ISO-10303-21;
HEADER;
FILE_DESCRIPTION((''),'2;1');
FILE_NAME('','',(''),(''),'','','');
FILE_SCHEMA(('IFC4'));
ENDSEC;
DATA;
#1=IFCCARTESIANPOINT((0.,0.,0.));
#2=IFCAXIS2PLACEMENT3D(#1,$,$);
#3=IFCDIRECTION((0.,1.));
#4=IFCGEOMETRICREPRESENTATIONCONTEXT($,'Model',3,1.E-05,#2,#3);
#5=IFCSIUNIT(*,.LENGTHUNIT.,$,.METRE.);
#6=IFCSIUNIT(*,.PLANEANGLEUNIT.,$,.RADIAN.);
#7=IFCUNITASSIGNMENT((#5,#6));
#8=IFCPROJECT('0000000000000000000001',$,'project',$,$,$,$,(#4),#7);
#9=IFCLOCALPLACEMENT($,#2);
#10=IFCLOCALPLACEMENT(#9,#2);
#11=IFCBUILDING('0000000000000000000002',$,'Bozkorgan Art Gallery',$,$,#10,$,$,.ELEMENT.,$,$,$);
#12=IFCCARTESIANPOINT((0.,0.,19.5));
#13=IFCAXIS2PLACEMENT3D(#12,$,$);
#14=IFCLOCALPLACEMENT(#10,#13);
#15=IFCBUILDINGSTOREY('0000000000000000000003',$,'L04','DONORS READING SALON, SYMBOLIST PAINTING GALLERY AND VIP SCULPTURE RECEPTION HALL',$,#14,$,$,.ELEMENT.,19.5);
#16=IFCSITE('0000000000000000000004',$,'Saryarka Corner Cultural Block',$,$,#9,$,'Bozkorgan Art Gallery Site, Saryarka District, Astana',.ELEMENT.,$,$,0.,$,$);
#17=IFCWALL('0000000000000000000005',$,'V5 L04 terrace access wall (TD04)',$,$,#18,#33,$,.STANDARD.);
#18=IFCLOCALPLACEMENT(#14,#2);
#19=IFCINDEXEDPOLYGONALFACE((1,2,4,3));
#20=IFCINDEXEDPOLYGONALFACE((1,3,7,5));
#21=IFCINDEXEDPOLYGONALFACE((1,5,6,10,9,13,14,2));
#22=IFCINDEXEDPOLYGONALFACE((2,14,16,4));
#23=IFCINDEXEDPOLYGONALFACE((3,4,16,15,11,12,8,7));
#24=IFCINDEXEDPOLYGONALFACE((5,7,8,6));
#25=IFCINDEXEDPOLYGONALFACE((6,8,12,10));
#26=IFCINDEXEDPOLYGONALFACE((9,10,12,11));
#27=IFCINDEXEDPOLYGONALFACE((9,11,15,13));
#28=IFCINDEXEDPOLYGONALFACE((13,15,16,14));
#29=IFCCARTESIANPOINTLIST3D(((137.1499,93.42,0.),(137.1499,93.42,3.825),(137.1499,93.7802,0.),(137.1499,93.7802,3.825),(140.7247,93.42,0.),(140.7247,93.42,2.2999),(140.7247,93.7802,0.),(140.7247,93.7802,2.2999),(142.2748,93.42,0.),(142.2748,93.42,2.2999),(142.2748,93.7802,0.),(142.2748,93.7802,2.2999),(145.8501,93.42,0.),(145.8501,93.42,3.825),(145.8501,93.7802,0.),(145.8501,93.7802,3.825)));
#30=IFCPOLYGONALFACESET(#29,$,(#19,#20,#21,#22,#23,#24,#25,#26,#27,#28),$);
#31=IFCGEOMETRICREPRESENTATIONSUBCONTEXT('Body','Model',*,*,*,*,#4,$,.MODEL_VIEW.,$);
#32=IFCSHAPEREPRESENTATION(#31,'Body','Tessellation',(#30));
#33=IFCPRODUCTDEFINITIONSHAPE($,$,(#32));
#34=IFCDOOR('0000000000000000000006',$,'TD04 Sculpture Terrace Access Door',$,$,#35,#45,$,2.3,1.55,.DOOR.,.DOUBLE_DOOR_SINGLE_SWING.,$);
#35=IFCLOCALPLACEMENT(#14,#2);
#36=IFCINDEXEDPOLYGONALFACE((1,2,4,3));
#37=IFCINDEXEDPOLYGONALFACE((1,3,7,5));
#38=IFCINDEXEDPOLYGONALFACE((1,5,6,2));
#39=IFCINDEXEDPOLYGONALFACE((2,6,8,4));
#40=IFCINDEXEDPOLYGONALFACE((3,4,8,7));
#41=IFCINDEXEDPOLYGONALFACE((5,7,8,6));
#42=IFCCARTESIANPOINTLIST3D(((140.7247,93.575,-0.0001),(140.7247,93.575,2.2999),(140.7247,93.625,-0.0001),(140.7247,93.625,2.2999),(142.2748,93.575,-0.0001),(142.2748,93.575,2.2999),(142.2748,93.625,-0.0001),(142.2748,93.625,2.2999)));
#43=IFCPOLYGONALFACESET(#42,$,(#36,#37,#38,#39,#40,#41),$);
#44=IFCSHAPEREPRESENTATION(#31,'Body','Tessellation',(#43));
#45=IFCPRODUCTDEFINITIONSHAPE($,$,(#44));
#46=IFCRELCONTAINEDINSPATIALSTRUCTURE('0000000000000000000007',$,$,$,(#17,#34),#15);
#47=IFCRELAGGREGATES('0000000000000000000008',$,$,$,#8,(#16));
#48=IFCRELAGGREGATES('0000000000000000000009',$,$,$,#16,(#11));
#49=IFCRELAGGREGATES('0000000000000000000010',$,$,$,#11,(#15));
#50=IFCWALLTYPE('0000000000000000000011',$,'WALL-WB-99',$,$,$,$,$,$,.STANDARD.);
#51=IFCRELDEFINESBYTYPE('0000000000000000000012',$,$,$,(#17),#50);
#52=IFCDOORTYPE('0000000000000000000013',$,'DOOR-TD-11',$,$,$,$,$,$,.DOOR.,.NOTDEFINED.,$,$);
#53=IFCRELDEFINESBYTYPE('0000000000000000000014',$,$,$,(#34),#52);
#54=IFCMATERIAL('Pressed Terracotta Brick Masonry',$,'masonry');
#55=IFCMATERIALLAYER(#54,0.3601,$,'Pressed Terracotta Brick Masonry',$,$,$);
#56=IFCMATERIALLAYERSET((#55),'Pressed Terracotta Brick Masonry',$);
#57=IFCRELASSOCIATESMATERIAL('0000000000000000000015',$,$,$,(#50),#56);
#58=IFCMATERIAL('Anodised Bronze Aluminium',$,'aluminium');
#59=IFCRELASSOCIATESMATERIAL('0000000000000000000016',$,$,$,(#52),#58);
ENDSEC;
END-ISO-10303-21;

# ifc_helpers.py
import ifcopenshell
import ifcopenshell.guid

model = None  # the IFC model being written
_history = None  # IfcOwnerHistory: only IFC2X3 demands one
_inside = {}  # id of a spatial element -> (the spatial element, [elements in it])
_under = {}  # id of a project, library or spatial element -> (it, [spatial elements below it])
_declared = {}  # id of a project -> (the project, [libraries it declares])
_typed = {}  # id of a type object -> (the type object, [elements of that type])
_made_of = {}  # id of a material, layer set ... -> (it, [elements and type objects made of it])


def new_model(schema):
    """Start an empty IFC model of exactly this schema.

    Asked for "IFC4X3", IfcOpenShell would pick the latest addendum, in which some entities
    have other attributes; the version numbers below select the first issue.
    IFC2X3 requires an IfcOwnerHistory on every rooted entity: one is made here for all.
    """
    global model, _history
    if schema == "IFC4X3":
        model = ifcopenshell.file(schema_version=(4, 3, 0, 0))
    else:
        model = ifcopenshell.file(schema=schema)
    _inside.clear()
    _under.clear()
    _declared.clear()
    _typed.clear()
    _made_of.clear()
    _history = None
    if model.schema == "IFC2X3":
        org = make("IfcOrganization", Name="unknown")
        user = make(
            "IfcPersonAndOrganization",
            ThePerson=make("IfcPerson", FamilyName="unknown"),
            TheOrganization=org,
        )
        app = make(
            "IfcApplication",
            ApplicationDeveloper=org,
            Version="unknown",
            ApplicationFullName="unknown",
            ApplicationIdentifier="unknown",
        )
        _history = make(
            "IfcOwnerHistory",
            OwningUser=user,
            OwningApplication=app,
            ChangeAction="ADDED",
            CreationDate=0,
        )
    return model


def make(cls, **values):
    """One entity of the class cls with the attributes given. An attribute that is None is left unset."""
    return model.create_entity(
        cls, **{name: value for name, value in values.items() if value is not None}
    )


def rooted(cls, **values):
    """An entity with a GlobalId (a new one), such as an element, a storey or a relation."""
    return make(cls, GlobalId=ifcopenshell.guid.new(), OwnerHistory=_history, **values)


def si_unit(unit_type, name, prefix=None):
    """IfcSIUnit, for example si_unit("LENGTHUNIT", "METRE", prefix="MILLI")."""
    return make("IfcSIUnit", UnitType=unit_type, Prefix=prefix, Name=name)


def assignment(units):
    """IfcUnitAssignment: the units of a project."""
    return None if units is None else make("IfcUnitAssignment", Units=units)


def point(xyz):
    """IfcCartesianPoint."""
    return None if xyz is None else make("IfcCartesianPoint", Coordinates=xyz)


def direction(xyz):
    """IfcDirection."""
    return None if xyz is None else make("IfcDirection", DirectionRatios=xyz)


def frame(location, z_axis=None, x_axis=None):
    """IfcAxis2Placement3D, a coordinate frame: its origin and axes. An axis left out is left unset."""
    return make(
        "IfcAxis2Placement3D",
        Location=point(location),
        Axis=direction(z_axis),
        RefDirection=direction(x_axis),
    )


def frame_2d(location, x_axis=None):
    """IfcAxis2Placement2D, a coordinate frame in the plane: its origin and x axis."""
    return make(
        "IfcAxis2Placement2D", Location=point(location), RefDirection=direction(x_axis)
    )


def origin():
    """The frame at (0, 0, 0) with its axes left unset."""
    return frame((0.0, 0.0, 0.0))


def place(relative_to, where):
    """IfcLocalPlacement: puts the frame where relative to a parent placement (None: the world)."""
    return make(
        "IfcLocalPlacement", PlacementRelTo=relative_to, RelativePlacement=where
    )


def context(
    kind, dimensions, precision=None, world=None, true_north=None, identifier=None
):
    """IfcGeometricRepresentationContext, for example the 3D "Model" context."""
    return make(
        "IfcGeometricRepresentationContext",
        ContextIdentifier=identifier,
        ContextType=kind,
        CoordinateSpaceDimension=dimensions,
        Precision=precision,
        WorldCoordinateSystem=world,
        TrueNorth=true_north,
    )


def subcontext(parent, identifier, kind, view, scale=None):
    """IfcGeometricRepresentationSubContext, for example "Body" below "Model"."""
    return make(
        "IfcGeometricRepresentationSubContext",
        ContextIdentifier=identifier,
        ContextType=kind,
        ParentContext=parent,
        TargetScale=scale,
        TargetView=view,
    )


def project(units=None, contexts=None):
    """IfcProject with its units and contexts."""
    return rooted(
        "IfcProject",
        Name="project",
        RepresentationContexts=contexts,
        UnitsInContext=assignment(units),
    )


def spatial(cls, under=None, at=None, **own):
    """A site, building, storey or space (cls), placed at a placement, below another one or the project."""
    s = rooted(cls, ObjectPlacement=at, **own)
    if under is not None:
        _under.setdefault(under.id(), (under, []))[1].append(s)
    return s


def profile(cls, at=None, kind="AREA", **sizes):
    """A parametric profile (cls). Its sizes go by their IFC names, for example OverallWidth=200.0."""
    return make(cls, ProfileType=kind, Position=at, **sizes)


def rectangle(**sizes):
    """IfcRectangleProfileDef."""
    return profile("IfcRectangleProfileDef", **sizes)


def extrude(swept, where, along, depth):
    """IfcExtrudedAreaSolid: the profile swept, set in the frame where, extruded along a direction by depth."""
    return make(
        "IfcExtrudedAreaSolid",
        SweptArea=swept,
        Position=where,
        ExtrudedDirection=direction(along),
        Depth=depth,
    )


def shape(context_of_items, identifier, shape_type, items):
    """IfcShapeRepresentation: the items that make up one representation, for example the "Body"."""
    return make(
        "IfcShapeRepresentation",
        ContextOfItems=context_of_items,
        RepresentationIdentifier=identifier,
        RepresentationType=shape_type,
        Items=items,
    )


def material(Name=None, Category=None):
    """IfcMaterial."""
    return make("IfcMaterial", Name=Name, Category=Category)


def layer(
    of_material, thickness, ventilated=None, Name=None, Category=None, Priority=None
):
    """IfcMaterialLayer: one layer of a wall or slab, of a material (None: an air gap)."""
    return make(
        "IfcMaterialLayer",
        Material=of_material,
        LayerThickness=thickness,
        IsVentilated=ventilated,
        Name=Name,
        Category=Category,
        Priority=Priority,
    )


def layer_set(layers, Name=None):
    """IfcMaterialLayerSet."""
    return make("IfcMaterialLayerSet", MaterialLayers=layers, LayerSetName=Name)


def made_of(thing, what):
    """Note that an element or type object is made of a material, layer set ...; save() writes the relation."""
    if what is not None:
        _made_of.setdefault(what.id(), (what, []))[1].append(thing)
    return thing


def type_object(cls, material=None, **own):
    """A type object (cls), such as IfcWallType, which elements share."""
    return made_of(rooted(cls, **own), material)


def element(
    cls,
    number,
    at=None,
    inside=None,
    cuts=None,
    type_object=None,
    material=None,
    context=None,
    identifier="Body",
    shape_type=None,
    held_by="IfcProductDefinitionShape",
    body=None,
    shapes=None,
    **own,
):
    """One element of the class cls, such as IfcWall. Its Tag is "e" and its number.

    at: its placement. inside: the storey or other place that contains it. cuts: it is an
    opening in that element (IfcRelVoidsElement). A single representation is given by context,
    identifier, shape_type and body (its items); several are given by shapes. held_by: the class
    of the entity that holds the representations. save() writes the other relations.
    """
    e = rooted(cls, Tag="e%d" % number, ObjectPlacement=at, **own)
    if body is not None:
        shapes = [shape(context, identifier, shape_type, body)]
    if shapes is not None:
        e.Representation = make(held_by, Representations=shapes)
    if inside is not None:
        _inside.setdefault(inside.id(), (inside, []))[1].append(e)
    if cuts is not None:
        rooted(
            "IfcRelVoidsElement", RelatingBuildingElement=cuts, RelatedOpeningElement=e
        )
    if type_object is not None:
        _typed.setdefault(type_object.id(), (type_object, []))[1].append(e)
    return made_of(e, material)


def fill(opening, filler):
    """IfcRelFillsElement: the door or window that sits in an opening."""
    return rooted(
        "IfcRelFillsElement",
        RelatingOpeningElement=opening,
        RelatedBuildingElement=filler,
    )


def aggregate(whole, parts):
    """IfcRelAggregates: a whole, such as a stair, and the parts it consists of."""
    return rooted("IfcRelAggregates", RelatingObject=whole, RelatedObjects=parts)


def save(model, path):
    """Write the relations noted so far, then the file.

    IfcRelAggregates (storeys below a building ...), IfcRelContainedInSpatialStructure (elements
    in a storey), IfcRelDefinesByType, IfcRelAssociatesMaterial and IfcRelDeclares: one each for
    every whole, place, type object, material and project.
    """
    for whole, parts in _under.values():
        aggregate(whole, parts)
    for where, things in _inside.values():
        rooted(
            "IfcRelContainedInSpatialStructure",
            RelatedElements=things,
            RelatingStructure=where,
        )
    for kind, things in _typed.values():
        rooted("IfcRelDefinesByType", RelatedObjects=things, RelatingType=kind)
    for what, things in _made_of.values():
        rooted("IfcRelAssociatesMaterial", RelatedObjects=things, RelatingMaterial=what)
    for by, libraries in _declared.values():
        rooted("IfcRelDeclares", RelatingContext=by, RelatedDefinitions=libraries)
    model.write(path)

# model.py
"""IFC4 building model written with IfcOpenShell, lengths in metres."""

from ifc_helpers import new_model, si_unit, direction, frame, frame_2d, origin, place, context, subcontext, project, spatial, rectangle, extrude, material, layer, layer_set, type_object, element, fill, save


model = new_model("IFC4")

# Units and contexts
model_context = context("Model", 3, precision=1e-05, world=origin(), true_north=direction((0.0, 1.0)))
body_context = subcontext(model_context, "Body", "Model", "MODEL_VIEW")
ifc_project = project(units=[si_unit("LENGTHUNIT", "METRE"), si_unit("PLANEANGLEUNIT", "RADIAN")], contexts=[model_context])

# Site, building, storey
site_placement = place(None, origin())
site = spatial("IfcSite", under=ifc_project, at=site_placement, Name="Saryarka Corner Cultural Block", LongName="Bozkorgan Art Gallery Site, Saryarka District, Astana", CompositionType="ELEMENT", RefElevation=0.0)
building_placement = place(site_placement, origin())
building = spatial("IfcBuilding", under=site, at=building_placement, Name="Bozkorgan Art Gallery", CompositionType="ELEMENT")
storey_placement = place(building_placement, frame((0.0, 0.0, 19.5)))
storey = spatial("IfcBuildingStorey", under=building, at=storey_placement, Name="L04", Description="DONORS READING SALON, SYMBOLIST PAINTING GALLERY AND VIP SCULPTURE RECEPTION HALL", CompositionType="ELEMENT", Elevation=19.5)

# Shared definitions
ifc_material_1 = material(Name="Pressed Terracotta Brick Masonry", Category="masonry")

# Wall, opening, door
ifc_layer_1 = layer(ifc_material_1, 0.3601, Name="Pressed Terracotta Brick Masonry")
ifc_layer_set_1 = layer_set([ifc_layer_1], Name="Pressed Terracotta Brick Masonry")
wall_type_1 = type_object("IfcWallType", Name="WALL-WB-99", PredefinedType="STANDARD", material=ifc_layer_set_1)
wall_1_placement = place(storey_placement, frame((137.1499, 93.6001, 0.0), z_axis=(0.0, 0.0, 1.0), x_axis=(1.0, 0.0, 0.0)))
wall_1 = element("IfcWall", 1, at=wall_1_placement, inside=storey, type_object=wall_type_1, Name="V5 L04 terrace access wall (TD04)", PredefinedType="STANDARD", context=body_context, shape_type="SweptSolid", body=[
    extrude(rectangle(XDim=8.7002, YDim=0.3601, at=frame_2d((4.3501, 0.0))), origin(), (0.0, 0.0, 1.0), 3.825),
])
opening_1_placement = place(wall_1_placement, frame((3.575, 0.0, 0.0)))
opening_1 = element("IfcOpeningElement", 2, at=opening_1_placement, cuts=wall_1, PredefinedType="OPENING", context=body_context, shape_type="SweptSolid", body=[
    extrude(rectangle(XDim=1.55, YDim=2.3, at=frame_2d((0.7749, 1.1499))), frame((0.0, 0.1899, 0.0), z_axis=(0.0, -1.0, 0.0), x_axis=(1.0, 0.0, 0.0)), (0.0, 0.0, 1.0), 0.3801),
])
ifc_material_2 = material(Name="Anodised Bronze Aluminium", Category="aluminium")
door_type_1 = type_object("IfcDoorType", Name="DOOR-TD-11", OperationType="NOTDEFINED", PredefinedType="DOOR", material=ifc_material_2)
door_1_placement = place(opening_1_placement, origin())
door_1 = element("IfcDoor", 3, at=door_1_placement, inside=storey, type_object=door_type_1, Name="TD04 Sculpture Terrace Access Door", OperationType="DOUBLE_DOOR_SINGLE_SWING", OverallHeight=2.3, OverallWidth=1.55, PredefinedType="DOOR", context=body_context, shape_type="SweptSolid", body=[
    extrude(rectangle(XDim=1.55, YDim=2.3, at=frame_2d((0.7749, 1.1499))), frame((0.0, 0.0249, 0.0), z_axis=(0.0, -1.0, 0.0), x_axis=(1.0, 0.0, 0.0)), (0.0, 0.0, 1.0), 0.05),
])
fill(opening_1, door_1)

save(model, "model.ifc")
